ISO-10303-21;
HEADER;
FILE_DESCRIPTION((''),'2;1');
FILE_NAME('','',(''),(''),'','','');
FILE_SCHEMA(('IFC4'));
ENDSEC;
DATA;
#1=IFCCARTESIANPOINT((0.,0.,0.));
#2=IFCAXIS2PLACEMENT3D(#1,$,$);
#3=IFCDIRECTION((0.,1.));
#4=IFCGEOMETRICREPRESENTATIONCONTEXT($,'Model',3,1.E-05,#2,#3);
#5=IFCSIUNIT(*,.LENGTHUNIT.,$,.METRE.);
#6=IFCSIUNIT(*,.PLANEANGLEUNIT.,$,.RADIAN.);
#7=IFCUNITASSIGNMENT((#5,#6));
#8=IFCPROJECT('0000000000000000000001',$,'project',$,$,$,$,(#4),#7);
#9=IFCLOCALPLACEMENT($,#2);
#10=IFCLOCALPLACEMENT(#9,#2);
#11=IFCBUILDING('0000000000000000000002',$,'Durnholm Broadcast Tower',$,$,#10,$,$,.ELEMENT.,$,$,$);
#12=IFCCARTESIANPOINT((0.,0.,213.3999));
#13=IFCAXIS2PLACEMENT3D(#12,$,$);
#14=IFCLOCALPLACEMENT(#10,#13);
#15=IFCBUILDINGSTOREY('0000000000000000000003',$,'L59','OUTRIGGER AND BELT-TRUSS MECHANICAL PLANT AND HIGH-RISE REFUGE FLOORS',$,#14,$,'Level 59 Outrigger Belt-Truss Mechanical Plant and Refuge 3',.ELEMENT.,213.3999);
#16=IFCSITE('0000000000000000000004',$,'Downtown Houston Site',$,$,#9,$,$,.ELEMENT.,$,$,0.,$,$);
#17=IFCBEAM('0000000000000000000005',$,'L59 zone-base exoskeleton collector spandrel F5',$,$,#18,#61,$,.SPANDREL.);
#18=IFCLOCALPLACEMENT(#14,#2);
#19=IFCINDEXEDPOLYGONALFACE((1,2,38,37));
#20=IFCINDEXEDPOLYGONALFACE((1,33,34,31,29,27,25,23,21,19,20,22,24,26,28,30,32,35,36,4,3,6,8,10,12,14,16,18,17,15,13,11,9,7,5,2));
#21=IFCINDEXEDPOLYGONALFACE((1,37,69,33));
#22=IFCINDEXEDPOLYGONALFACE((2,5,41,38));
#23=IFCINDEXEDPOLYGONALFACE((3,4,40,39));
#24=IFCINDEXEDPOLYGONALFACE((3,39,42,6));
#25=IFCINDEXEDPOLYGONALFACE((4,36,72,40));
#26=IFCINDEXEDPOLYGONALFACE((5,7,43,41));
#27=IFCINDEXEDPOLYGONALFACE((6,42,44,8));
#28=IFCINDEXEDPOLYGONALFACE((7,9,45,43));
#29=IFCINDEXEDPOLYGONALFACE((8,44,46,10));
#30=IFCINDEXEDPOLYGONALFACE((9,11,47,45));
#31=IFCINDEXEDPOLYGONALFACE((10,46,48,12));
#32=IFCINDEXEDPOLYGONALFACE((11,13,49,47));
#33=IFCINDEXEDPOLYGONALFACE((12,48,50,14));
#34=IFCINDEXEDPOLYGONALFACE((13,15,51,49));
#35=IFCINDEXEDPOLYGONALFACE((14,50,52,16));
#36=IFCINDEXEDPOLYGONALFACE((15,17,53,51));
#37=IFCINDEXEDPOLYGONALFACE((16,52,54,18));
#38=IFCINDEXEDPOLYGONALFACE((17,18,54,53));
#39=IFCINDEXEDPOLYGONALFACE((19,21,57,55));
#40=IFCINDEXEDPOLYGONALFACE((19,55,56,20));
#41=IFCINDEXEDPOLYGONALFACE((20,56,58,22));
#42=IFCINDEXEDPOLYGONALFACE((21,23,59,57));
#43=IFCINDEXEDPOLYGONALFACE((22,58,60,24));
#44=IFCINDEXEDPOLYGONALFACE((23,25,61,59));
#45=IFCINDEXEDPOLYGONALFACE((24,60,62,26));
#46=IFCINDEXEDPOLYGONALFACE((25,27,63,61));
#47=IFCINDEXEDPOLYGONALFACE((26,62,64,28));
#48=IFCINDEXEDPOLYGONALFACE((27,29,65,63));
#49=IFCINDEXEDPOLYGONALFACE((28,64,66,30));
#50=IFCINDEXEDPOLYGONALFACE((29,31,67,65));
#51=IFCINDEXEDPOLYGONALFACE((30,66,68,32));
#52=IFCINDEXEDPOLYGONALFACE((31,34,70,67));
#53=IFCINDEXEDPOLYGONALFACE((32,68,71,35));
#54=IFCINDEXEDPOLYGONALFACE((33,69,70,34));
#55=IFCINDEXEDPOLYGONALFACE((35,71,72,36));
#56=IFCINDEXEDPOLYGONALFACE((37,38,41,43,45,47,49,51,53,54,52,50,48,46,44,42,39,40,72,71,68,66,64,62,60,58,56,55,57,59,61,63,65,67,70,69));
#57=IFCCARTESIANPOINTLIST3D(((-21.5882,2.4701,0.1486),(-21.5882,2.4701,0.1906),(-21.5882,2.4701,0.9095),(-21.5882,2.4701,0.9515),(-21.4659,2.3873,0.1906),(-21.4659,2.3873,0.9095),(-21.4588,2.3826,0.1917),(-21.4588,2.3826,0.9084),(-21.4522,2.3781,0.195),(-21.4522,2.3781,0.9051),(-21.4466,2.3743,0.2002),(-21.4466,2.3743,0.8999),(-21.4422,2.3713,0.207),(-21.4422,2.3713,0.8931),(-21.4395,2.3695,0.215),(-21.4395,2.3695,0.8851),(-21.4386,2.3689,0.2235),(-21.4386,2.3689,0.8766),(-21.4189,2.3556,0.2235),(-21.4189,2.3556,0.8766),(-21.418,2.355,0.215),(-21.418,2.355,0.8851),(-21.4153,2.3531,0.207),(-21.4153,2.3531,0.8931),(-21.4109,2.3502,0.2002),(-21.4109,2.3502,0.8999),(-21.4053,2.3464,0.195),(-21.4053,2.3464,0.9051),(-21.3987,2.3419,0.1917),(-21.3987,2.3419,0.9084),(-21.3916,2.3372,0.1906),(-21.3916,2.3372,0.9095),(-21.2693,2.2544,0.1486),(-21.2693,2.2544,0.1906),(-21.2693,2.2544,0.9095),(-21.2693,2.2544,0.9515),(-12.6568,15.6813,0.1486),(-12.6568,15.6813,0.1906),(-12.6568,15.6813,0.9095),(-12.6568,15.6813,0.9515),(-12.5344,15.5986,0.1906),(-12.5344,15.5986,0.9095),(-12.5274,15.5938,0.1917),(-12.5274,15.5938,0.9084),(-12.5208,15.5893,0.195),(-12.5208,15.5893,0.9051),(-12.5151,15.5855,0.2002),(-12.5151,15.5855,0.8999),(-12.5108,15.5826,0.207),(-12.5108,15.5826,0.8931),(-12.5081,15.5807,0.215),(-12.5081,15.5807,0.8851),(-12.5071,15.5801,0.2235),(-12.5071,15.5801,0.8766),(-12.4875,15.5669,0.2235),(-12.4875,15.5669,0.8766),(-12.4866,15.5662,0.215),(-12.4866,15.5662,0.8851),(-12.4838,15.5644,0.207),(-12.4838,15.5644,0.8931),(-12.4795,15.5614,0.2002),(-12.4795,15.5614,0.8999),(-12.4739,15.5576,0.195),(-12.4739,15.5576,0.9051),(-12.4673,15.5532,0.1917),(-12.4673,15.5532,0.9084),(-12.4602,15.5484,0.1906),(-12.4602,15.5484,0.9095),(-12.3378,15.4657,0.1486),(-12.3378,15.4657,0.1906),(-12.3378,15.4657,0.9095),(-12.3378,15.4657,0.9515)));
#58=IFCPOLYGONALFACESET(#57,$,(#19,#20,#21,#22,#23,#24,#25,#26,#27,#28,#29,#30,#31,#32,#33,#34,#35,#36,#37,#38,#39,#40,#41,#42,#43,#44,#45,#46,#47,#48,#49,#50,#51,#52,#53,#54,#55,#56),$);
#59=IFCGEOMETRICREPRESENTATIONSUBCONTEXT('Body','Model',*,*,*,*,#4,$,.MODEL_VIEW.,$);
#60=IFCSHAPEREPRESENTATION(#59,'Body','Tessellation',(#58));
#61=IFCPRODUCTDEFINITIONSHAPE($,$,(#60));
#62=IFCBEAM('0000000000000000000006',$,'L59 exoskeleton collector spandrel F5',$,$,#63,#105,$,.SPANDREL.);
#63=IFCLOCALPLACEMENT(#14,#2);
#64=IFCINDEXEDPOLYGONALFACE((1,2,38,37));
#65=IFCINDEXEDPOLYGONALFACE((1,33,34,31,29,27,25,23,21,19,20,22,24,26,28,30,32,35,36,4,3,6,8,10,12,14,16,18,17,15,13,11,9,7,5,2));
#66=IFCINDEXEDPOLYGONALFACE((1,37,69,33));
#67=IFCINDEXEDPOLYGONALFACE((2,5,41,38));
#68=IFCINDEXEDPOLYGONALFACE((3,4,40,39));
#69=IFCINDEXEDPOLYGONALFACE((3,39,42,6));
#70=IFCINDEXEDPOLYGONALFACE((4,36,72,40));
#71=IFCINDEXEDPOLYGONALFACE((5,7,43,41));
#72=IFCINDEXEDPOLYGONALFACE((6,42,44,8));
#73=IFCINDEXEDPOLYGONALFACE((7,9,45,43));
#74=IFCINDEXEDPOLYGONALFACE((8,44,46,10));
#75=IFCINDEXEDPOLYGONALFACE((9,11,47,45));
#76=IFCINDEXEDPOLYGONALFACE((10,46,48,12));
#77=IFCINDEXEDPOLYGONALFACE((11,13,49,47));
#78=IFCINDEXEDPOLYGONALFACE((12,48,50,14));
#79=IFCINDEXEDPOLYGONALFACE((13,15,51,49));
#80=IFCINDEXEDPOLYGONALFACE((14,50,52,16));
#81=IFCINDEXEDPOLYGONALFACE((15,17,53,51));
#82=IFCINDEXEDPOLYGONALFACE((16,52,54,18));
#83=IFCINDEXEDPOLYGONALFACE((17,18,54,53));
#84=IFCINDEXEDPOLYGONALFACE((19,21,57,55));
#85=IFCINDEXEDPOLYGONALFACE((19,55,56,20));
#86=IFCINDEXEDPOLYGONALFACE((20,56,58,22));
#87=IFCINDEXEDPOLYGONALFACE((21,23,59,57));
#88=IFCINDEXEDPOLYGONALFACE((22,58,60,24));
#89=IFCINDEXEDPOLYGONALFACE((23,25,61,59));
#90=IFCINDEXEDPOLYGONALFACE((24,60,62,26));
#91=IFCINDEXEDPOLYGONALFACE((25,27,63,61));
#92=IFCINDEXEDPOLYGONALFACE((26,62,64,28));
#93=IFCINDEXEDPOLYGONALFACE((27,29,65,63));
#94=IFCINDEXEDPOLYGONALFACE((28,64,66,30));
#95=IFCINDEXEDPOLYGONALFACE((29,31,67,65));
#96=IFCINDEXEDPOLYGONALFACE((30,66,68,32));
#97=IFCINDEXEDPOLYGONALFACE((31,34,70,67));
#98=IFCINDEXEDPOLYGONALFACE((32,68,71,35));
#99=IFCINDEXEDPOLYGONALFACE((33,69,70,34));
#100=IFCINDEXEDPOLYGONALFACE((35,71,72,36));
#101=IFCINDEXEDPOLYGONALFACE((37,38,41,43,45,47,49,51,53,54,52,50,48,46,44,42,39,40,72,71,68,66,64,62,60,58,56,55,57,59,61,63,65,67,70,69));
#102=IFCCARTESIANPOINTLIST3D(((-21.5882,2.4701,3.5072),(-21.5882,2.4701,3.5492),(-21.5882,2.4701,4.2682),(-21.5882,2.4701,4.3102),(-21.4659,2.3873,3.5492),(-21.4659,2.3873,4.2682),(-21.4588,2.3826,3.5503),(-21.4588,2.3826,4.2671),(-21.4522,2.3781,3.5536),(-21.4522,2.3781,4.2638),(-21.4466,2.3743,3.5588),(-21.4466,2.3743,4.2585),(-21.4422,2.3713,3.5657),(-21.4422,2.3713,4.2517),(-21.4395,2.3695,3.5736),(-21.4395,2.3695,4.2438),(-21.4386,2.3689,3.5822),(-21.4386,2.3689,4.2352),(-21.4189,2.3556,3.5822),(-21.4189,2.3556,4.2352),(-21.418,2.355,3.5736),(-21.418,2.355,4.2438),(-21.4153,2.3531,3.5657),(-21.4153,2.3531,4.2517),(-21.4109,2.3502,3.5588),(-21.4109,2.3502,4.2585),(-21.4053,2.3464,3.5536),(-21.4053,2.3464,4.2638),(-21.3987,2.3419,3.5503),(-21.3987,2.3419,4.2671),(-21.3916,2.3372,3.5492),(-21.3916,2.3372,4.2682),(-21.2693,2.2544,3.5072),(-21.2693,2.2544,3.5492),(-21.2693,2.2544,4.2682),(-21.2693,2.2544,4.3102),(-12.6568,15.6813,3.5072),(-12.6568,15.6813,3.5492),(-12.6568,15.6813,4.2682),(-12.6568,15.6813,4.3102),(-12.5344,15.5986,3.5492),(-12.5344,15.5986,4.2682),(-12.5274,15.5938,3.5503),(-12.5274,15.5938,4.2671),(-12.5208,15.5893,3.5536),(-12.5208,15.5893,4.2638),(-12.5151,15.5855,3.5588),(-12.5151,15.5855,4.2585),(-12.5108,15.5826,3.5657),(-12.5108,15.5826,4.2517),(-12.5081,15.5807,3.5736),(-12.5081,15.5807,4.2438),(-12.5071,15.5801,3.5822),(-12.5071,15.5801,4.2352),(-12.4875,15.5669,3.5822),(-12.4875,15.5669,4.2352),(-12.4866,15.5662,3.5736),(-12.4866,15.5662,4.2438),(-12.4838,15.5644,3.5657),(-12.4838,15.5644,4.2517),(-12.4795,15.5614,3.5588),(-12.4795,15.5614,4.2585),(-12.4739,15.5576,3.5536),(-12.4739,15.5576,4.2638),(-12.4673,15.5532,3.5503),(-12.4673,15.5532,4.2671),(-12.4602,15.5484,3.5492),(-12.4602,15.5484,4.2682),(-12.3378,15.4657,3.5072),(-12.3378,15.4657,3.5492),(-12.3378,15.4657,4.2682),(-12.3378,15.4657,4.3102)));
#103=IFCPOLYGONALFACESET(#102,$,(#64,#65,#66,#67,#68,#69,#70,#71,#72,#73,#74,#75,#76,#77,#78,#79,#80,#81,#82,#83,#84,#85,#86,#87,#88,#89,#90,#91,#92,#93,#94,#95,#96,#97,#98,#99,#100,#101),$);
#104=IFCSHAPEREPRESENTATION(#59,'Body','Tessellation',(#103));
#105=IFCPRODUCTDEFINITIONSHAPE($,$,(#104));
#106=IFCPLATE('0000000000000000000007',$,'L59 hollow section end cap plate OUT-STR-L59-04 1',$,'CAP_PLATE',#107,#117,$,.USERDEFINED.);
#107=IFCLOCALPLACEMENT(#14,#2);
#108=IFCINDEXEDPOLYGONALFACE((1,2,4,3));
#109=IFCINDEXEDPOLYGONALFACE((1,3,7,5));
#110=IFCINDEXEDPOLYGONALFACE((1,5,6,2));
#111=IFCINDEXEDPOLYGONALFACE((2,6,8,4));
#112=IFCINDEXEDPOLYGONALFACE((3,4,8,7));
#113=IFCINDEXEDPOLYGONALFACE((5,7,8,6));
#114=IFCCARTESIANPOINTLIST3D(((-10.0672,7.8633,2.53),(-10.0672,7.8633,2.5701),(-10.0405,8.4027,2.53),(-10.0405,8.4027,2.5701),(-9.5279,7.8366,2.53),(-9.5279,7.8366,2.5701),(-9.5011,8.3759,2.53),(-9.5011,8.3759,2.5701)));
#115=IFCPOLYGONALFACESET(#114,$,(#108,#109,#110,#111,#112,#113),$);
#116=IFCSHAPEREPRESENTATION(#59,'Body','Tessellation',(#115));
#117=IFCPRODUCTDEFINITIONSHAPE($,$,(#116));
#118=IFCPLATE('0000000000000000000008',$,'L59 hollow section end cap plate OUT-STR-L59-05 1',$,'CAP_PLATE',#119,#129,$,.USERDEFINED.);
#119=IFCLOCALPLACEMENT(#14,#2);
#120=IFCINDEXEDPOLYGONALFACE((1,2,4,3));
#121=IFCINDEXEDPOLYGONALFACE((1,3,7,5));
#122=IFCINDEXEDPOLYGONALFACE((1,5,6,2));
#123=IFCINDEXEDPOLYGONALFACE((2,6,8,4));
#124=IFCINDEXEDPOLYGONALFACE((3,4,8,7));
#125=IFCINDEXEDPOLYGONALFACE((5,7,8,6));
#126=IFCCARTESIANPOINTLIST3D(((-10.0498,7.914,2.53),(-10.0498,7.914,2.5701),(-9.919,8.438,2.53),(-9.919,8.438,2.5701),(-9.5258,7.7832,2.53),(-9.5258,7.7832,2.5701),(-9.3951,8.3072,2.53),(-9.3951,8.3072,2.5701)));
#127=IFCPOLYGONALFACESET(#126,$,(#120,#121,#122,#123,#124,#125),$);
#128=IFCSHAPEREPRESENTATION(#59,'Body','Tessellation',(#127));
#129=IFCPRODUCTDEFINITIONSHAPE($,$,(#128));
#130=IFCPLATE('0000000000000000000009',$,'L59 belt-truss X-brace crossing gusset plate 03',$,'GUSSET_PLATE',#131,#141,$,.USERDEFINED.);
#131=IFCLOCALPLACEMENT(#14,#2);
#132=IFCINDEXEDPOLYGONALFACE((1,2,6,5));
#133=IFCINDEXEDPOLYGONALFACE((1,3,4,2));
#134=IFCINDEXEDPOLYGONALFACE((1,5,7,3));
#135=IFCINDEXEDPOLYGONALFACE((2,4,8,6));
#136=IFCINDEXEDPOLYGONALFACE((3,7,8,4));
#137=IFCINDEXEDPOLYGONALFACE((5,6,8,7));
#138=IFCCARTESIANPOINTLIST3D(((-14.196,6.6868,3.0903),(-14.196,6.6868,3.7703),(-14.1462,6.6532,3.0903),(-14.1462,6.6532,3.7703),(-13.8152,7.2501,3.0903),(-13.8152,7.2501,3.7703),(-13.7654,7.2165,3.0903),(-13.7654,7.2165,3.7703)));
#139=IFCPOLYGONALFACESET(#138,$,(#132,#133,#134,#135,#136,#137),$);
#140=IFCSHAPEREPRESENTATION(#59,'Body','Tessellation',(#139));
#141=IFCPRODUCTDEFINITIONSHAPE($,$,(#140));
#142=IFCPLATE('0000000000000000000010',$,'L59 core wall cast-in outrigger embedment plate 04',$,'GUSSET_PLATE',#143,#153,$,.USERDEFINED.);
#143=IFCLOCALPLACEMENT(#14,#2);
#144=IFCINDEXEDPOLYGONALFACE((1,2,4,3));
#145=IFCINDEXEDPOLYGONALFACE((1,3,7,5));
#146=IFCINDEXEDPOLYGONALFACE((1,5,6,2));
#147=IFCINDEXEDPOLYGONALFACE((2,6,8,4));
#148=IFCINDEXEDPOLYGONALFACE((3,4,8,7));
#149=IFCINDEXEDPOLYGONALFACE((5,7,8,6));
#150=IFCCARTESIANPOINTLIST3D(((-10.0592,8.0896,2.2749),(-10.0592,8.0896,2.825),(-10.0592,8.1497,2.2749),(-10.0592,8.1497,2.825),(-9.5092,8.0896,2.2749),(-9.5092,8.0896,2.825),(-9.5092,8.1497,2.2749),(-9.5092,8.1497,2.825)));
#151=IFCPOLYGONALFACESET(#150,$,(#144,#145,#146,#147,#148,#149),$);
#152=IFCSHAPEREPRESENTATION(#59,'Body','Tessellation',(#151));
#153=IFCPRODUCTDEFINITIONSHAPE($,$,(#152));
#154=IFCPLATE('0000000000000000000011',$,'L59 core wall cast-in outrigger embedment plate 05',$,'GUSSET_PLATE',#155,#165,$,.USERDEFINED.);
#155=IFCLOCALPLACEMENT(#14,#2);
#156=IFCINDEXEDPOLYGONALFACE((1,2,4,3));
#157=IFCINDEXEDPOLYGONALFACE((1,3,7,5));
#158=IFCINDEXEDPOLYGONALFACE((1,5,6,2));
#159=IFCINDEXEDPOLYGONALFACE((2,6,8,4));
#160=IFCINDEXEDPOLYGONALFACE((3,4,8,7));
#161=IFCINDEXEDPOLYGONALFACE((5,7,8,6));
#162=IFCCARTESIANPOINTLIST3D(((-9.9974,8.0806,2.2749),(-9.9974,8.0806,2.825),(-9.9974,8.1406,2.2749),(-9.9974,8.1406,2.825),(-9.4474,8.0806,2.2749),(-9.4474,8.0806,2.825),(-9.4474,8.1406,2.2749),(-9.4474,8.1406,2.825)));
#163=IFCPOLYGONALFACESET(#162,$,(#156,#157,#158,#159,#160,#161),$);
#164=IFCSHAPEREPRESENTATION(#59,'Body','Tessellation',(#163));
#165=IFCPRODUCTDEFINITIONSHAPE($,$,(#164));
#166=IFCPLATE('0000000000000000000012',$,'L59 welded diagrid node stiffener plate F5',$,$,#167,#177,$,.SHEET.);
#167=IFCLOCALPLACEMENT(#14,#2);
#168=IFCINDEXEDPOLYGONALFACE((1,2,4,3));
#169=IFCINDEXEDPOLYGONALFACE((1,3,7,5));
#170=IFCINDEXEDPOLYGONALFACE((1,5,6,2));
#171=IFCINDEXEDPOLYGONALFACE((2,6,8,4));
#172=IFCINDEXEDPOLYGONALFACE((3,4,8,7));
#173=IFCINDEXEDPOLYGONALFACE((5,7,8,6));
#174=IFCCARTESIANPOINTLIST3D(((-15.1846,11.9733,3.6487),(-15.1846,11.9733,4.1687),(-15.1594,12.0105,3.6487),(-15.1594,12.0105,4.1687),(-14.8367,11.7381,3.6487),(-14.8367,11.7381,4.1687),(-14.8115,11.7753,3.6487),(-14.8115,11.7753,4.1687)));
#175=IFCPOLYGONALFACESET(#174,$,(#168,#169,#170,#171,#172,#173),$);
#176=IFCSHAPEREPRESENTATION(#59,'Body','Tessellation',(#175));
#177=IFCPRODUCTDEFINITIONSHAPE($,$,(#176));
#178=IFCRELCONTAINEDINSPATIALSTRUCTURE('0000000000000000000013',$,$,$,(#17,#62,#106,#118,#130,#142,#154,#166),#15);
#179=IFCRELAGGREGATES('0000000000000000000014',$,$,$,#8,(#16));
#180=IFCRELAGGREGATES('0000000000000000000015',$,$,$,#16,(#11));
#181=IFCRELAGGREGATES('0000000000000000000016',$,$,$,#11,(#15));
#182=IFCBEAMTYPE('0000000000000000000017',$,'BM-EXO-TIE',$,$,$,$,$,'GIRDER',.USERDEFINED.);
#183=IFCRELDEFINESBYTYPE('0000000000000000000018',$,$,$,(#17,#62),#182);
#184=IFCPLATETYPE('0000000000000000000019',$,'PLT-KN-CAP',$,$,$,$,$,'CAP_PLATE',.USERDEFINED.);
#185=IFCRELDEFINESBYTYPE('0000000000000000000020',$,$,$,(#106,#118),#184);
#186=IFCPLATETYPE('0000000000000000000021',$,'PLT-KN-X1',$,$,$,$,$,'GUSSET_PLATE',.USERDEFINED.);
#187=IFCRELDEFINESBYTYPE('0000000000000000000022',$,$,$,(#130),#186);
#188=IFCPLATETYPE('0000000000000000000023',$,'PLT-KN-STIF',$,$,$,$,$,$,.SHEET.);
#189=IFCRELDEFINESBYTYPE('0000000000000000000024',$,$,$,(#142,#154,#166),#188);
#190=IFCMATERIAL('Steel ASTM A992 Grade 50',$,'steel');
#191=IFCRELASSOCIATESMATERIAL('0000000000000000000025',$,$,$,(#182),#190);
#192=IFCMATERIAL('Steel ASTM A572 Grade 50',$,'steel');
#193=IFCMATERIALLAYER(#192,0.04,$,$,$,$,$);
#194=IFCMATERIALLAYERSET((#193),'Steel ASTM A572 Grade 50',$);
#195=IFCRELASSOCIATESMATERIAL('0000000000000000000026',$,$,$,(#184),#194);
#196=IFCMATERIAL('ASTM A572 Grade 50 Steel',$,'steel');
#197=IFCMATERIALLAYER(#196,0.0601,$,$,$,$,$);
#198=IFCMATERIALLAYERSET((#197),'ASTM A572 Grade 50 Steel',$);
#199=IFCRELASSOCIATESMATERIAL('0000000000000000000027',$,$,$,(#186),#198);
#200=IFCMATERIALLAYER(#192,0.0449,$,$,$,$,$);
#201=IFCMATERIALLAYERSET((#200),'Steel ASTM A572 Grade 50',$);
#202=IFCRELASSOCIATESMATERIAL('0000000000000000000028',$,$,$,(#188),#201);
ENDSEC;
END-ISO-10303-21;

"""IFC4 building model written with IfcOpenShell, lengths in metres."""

from ifc_helpers import new_model, si_unit, direction, frame, origin, origin_2d, place, context, subcontext, project, spatial, rectangle, i_section, extrude, source, transform, mapped, material, layer, layer_set, material_profile, profile_set, type_object, type_shapes, element, save


model = new_model("IFC4")

# Units and contexts
model_context = context("Model", 3, precision=1e-05, world=origin(), true_north=direction((0.0, 1.0)))
body_context = subcontext(model_context, "Body", "Model", "MODEL_VIEW")
ifc_project = project(units=[si_unit("LENGTHUNIT", "METRE"), si_unit("PLANEANGLEUNIT", "RADIAN")], contexts=[model_context])

# Site, building, storey
site_placement = place(None, origin())
site = spatial("IfcSite", under=ifc_project, at=site_placement, Name="Downtown Houston Site", CompositionType="ELEMENT", RefElevation=0.0)
building_placement = place(site_placement, origin())
building = spatial("IfcBuilding", under=site, at=building_placement, Name="Durnholm Broadcast Tower", CompositionType="ELEMENT")
storey_placement = place(building_placement, frame((0.0, 0.0, 213.3999)))
storey = spatial("IfcBuildingStorey", under=building, at=storey_placement, Name="L59", Description="OUTRIGGER AND BELT-TRUSS MECHANICAL PLANT AND HIGH-RISE REFUGE FLOORS", LongName="Level 59 Outrigger Belt-Truss Mechanical Plant and Refuge 3", CompositionType="ELEMENT", Elevation=213.3999)

# Shared definitions
ifc_material_1 = material(Name="Steel ASTM A992 Grade 50", Category="steel")
ifc_material_profile_1 = material_profile(ifc_material_1, i_section(OverallWidth=0.385, OverallDepth=0.803, WebThickness=0.0237, FlangeThickness=0.042, FilletRadius=0.033, at=origin_2d()), Name="W30X261")
ifc_profile_set_1 = profile_set([ifc_material_profile_1], Name="Steel ASTM A992 Grade 50")
beam_type_1 = type_object("IfcBeamType", Name="BM-EXO-TIE", ElementType="GIRDER", PredefinedType="USERDEFINED", material=ifc_profile_set_1)

# Beams
shared_shape_1 = source(origin(), body_context, "Body", "SweptSolid", [
    extrude(i_section(OverallWidth=0.385, OverallDepth=0.803, WebThickness=0.0237, FlangeThickness=0.042, FilletRadius=0.033, at=origin_2d()), origin(), (0.0, 0.0, 1.0), 15.947),
])
for number, where, z_axis, x_axis, name in (
    (1, (-12.4973, 15.5735, 0.55), (-0.560069, -0.828446, 0.0), (0.828446, -0.560069, 0.0), "L59 zone-base exoskeleton collector spandrel F5"),
    (2, (-12.4973, 15.5735, 3.9087), (-0.560069, -0.828446, 0.0), (0.828446, -0.560069, 0.0), "L59 exoskeleton collector spandrel F5"),
):
    element("IfcBeam", number, at=place(storey_placement, frame(where, z_axis=z_axis, x_axis=x_axis)), inside=storey, type_object=beam_type_1, Name=name, PredefinedType="SPANDREL", context=body_context, shape_type="MappedRepresentation", body=[
        mapped(shared_shape_1, transform((0.0, 0.0, 0.0), x_axis=(1.0, 0.0, 0.0), y_axis=(0.0, 1.0, 0.0), z_axis=(0.0, 0.0, 1.0), scale=1.0)),
    ])

# Plates
ifc_material_2 = material(Name="Steel ASTM A572 Grade 50", Category="steel")
ifc_layer_1 = layer(ifc_material_2, 0.04)
ifc_layer_set_1 = layer_set([ifc_layer_1], Name="Steel ASTM A572 Grade 50")
plate_type_1 = type_object("IfcPlateType", Name="PLT-KN-CAP", ElementType="CAP_PLATE", PredefinedType="USERDEFINED", material=ifc_layer_set_1)
shared_shape_2 = source(origin(), body_context, "Body", "SweptSolid", [
    extrude(rectangle(XDim=0.54, YDim=0.54, at=origin_2d()), origin(), (0.0, 0.0, 1.0), 0.04),
])
type_shapes(plate_type_1, [shared_shape_2])
for number, where, z_axis, x_axis, name in (
    (3, (-9.7842, 8.1196, 2.53), (0.0, 0.0, 1.0), (0.049547, 0.998772, 0.0), "L59 hollow section end cap plate OUT-STR-L59-04 1"),
    (4, (-9.7224, 8.1106, 2.53), (0.0, 0.0, 1.0), (0.242091, 0.970253, 0.0), "L59 hollow section end cap plate OUT-STR-L59-05 1"),
):
    element("IfcPlate", number, at=place(storey_placement, frame(where, z_axis=z_axis, x_axis=x_axis)), inside=storey, type_object=plate_type_1, Name=name, ObjectType="CAP_PLATE", PredefinedType="USERDEFINED", context=body_context, shape_type="MappedRepresentation", body=[
        mapped(shared_shape_2, transform((0.0, 0.0, 0.0), x_axis=(1.0, 0.0, 0.0), y_axis=(0.0, 1.0, 0.0), z_axis=(0.0, 0.0, 1.0), scale=1.0)),
    ])
ifc_material_3 = material(Name="ASTM A572 Grade 50 Steel", Category="steel")
ifc_layer_2 = layer(ifc_material_3, 0.0601)
ifc_layer_set_2 = layer_set([ifc_layer_2], Name="ASTM A572 Grade 50 Steel")
plate_type_2 = type_object("IfcPlateType", Name="PLT-KN-X1", ElementType="GUSSET_PLATE", PredefinedType="USERDEFINED", material=ifc_layer_set_2)
shared_shape_3 = source(origin(), body_context, "Body", "SweptSolid", [
    extrude(rectangle(XDim=0.6799, YDim=0.0601, at=origin_2d()), origin(), (0.0, 0.0, 1.0), 0.6799),
])
type_shapes(plate_type_2, [shared_shape_3])
plate_1_placement = place(storey_placement, frame((-13.9807, 6.9517, 3.0903), z_axis=(0.0, 0.0, 1.0), x_axis=(0.560061, 0.828452, 0.0)))
element("IfcPlate", 5, at=plate_1_placement, inside=storey, type_object=plate_type_2, Name="L59 belt-truss X-brace crossing gusset plate 03", ObjectType="GUSSET_PLATE", PredefinedType="USERDEFINED", context=body_context, shape_type="MappedRepresentation", body=[
    mapped(shared_shape_3, transform((0.0, 0.0, 0.0), x_axis=(1.0, 0.0, 0.0), y_axis=(0.0, 1.0, 0.0), z_axis=(0.0, 0.0, 1.0), scale=1.0)),
])
ifc_layer_3 = layer(ifc_material_2, 0.0449)
ifc_layer_set_3 = layer_set([ifc_layer_3], Name="Steel ASTM A572 Grade 50")
plate_type_3 = type_object("IfcPlateType", Name="PLT-KN-STIF", PredefinedType="SHEET", material=ifc_layer_set_3)
shared_shape_4 = source(origin(), body_context, "Body", "SweptSolid", [
    extrude(rectangle(XDim=0.55, YDim=0.0601, at=origin_2d()), origin(), (0.0, 0.0, 1.0), 0.55),
])
for number, where, z_axis, x_axis, name in (
    (6, (-9.7842, 8.1196, 2.2749), (0.0, 0.0, 1.0), (1.0, 0.0, 0.0), "L59 core wall cast-in outrigger embedment plate 04"),
    (7, (-9.7224, 8.1106, 2.2749), (0.0, 0.0, 1.0), (1.0, 0.0, 0.0), "L59 core wall cast-in outrigger embedment plate 05"),
):
    element("IfcPlate", number, at=place(storey_placement, frame(where, z_axis=z_axis, x_axis=x_axis)), inside=storey, type_object=plate_type_3, Name=name, ObjectType="GUSSET_PLATE", PredefinedType="USERDEFINED", context=body_context, shape_type="MappedRepresentation", body=[
        mapped(shared_shape_4, transform((0.0, 0.0, 0.0), x_axis=(1.0, 0.0, 0.0), y_axis=(0.0, 1.0, 0.0), z_axis=(0.0, 0.0, 1.0), scale=1.0)),
    ])
shared_shape_5 = source(origin(), body_context, "Body", "SweptSolid", [
    extrude(rectangle(XDim=0.0449, YDim=0.4199, at=origin_2d()), origin(), (0.0, 0.0, 1.0), 0.52),
])
type_shapes(plate_type_3, [shared_shape_4, shared_shape_5])
plate_2_placement = place(storey_placement, frame((-14.998, 11.8743, 3.6487), z_axis=(0.0, 0.0, 1.0), x_axis=(-0.560061, -0.828452, 0.0)))
element("IfcPlate", 8, at=plate_2_placement, inside=storey, type_object=plate_type_3, Name="L59 welded diagrid node stiffener plate F5", PredefinedType="SHEET", context=body_context, shape_type="MappedRepresentation", body=[
    mapped(shared_shape_5, transform((0.0, 0.0, 0.0), x_axis=(1.0, 0.0, 0.0), y_axis=(0.0, 1.0, 0.0), z_axis=(0.0, 0.0, 1.0), scale=1.0)),
])

save(model, "model.ifc")
